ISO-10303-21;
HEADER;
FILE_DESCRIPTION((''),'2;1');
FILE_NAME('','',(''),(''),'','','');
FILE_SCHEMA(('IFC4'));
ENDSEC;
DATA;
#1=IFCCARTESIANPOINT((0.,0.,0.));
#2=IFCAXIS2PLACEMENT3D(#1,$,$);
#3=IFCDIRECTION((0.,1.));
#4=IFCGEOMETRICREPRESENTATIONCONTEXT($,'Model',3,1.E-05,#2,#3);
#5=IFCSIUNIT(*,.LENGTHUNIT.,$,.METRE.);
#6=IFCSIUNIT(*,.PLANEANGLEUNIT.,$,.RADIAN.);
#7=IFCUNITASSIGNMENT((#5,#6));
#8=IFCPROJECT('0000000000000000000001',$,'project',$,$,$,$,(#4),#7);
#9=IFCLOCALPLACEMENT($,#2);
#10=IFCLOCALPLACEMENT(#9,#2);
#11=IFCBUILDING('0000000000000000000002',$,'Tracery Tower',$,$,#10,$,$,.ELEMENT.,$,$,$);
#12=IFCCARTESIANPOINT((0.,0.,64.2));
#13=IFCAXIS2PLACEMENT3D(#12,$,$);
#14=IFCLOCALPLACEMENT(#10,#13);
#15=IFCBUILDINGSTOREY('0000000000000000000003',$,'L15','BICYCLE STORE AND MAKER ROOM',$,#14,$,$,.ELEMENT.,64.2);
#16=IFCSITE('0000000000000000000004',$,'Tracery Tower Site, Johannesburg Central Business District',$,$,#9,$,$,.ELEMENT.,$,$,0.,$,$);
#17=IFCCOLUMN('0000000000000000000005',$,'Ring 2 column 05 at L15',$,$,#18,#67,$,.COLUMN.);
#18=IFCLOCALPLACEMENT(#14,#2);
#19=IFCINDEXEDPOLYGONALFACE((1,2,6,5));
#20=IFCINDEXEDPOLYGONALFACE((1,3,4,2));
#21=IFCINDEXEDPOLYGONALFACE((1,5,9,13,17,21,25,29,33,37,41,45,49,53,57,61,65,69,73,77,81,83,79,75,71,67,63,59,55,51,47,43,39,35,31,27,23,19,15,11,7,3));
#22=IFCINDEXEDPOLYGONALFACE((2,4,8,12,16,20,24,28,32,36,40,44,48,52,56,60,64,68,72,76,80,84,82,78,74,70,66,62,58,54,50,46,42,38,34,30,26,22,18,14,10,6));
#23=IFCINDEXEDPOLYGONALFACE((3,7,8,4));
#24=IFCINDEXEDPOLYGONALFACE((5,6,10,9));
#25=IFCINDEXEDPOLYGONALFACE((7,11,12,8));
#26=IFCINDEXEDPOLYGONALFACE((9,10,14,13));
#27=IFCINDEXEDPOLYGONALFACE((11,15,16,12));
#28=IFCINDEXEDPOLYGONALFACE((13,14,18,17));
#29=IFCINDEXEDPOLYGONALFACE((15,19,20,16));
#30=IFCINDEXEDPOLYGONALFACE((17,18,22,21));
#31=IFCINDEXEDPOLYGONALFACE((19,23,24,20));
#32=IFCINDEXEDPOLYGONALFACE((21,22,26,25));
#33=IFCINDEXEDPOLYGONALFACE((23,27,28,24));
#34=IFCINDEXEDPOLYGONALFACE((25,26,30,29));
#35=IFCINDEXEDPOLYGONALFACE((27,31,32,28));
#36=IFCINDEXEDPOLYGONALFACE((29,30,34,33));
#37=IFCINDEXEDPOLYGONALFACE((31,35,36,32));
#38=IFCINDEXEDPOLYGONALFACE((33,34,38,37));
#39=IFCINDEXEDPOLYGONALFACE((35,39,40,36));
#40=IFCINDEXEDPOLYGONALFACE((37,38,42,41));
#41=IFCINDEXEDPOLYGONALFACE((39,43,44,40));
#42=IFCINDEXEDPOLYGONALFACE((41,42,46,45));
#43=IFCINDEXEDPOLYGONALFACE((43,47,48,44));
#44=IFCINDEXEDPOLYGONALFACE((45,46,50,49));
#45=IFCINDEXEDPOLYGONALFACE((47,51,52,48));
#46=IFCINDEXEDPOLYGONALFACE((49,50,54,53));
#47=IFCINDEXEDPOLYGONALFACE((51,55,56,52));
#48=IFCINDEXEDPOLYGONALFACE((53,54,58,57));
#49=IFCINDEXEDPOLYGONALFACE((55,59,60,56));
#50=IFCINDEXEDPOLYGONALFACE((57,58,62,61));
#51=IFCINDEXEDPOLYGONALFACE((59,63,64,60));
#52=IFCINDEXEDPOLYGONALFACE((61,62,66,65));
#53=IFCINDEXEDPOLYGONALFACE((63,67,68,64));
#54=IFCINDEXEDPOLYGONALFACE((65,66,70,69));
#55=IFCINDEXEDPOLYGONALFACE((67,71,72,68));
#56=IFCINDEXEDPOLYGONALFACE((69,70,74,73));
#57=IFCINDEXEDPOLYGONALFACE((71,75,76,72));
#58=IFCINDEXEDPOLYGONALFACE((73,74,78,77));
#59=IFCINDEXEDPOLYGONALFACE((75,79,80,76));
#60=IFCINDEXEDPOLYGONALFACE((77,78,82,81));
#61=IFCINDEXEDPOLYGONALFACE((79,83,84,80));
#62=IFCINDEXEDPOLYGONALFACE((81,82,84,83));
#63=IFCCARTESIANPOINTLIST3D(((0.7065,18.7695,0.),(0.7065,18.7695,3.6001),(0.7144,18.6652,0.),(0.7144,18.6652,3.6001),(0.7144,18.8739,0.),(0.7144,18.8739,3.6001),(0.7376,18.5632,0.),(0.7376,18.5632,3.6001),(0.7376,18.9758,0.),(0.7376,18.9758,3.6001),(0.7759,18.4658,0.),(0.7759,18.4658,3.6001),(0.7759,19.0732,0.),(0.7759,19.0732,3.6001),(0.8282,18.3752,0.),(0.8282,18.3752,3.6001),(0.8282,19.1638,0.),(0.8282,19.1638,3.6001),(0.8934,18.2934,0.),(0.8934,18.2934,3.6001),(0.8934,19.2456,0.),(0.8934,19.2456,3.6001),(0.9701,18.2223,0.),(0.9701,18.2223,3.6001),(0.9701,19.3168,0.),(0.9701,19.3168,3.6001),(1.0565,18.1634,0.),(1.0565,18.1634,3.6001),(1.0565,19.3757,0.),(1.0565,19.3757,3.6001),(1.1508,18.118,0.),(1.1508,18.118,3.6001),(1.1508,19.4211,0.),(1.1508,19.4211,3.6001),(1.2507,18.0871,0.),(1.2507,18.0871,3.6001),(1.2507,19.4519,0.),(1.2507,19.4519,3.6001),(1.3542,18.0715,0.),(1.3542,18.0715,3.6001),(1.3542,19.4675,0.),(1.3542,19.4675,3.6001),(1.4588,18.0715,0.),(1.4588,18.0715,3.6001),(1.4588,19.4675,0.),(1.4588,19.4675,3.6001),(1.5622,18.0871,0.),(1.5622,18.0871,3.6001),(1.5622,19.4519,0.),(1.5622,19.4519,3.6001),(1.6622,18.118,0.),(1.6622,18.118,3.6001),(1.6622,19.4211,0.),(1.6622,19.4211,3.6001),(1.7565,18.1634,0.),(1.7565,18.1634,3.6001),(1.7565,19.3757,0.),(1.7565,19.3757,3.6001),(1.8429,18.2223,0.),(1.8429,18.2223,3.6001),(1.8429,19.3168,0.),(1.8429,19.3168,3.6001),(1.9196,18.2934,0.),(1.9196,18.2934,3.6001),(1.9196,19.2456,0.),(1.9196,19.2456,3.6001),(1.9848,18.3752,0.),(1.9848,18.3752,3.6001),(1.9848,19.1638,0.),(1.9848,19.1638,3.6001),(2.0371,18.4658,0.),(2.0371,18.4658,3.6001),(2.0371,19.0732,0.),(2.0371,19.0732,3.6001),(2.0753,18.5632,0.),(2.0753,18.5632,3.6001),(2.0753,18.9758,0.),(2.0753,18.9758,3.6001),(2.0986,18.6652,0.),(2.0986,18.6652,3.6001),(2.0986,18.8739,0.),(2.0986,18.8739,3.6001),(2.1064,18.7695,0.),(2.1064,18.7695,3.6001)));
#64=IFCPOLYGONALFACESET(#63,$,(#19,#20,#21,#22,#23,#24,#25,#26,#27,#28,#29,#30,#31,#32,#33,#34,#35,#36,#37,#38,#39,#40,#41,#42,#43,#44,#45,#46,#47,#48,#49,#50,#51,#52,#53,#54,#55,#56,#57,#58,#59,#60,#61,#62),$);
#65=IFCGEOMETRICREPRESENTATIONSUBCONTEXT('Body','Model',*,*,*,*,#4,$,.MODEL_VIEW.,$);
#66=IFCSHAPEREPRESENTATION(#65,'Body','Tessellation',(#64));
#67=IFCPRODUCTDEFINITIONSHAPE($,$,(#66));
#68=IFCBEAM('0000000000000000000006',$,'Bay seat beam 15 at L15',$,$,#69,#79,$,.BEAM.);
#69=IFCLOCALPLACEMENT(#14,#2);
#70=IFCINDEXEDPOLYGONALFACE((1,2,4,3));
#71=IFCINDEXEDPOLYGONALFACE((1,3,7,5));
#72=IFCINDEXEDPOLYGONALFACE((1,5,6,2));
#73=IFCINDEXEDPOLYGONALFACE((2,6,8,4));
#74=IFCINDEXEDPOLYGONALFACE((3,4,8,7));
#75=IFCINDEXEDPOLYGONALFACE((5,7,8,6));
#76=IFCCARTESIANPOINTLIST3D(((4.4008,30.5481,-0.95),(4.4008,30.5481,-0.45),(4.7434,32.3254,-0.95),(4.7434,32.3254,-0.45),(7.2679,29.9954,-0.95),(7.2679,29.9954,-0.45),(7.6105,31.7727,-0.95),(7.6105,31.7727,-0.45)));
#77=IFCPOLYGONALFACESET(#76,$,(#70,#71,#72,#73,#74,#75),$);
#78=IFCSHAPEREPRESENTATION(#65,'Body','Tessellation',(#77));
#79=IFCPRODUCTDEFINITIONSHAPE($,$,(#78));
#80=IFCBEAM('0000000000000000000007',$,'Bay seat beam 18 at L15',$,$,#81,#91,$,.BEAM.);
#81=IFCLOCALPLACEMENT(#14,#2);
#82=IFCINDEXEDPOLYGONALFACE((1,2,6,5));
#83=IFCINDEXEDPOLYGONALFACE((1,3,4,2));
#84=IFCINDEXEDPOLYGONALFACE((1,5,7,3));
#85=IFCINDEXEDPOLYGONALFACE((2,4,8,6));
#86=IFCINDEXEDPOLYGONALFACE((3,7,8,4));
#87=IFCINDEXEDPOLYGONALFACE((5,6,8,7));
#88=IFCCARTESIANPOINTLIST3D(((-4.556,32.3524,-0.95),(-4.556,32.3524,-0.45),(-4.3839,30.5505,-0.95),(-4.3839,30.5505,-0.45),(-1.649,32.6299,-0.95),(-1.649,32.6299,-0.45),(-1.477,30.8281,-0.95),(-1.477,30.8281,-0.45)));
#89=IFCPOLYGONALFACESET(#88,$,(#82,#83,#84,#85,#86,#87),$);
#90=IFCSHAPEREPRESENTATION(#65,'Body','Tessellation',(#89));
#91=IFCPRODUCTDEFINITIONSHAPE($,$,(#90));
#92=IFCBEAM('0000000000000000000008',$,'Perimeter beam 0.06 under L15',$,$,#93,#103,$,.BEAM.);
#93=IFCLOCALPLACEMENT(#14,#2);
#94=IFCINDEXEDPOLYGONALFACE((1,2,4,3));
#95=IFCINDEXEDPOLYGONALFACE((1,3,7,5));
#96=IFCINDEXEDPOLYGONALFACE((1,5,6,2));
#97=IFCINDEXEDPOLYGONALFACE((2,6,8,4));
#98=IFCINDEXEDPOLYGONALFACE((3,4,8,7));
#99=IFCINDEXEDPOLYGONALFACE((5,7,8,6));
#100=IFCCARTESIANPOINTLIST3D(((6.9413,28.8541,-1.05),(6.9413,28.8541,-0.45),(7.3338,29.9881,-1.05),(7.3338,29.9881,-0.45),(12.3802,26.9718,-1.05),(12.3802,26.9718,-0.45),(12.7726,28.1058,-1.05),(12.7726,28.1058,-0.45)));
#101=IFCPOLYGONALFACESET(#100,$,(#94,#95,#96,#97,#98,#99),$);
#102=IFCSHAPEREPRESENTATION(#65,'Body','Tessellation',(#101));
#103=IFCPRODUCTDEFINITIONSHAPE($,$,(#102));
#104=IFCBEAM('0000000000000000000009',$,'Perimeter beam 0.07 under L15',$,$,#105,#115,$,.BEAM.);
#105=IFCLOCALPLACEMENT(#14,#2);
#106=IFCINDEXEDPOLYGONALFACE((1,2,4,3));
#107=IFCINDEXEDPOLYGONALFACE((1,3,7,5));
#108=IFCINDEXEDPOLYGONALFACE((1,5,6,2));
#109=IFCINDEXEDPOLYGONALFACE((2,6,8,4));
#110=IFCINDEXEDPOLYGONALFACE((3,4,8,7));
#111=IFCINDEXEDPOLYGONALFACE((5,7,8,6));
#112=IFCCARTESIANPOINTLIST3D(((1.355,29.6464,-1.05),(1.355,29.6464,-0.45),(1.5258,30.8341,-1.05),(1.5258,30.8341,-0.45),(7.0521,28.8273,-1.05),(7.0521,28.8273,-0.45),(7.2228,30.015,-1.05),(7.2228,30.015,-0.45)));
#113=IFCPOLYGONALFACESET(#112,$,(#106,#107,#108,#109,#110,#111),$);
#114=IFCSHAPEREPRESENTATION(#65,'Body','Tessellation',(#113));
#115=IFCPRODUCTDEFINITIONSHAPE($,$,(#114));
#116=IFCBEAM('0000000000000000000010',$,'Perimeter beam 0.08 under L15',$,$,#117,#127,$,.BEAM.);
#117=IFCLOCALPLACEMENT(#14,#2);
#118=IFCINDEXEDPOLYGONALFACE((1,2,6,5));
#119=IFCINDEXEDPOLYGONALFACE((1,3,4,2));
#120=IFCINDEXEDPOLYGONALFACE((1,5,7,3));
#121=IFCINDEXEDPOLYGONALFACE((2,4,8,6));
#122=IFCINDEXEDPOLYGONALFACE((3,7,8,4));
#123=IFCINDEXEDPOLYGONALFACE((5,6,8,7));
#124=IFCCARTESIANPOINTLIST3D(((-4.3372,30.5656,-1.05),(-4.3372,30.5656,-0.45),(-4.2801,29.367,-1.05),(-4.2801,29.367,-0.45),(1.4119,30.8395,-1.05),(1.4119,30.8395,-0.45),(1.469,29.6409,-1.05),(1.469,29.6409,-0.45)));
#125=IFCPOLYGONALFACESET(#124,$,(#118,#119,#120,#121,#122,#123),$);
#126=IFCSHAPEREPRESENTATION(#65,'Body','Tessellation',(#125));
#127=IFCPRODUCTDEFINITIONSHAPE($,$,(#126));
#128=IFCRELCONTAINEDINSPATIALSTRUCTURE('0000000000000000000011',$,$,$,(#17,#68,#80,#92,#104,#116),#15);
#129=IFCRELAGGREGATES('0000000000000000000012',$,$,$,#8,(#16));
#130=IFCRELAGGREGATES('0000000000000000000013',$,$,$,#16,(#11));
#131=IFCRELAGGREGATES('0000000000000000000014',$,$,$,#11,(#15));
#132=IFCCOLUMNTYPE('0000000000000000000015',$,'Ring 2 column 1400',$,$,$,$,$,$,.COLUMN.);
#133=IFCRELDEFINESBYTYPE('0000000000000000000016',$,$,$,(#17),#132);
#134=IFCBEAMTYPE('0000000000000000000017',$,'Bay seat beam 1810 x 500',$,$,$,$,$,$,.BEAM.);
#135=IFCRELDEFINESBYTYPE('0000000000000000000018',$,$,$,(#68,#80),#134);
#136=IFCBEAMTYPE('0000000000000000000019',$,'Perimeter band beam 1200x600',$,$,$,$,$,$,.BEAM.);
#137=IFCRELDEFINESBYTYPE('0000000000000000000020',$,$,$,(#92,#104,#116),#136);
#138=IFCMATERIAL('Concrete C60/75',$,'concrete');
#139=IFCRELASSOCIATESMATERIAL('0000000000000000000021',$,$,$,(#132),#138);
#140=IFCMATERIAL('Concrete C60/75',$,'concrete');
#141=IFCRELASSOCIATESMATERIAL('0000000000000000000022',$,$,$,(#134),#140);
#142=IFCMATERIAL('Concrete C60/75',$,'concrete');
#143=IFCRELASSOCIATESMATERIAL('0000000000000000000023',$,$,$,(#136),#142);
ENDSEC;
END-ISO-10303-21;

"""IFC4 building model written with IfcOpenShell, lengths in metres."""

from ifc_helpers import new_model, si_unit, direction, frame, origin, origin_2d, place, context, subcontext, project, spatial, rectangle, circle, extrude, material, material_profile, profile_set, type_object, element, save


model = new_model("IFC4")

# Units and contexts
model_context = context("Model", 3, precision=1e-05, world=origin(), true_north=direction((0.0, 1.0)))
body_context = subcontext(model_context, "Body", "Model", "MODEL_VIEW")
ifc_project = project(units=[si_unit("LENGTHUNIT", "METRE"), si_unit("PLANEANGLEUNIT", "RADIAN")], contexts=[model_context])

# Site, building, storey
site_placement = place(None, origin())
site = spatial("IfcSite", under=ifc_project, at=site_placement, Name="Tracery Tower Site, Johannesburg Central Business District", CompositionType="ELEMENT", RefElevation=0.0)
building_placement = place(site_placement, origin())
building = spatial("IfcBuilding", under=site, at=building_placement, Name="Tracery Tower", CompositionType="ELEMENT")
storey_placement = place(building_placement, frame((0.0, 0.0, 64.2)))
storey = spatial("IfcBuildingStorey", under=building, at=storey_placement, Name="L15", Description="BICYCLE STORE AND MAKER ROOM", CompositionType="ELEMENT", Elevation=64.2)

# Column
ifc_material_1 = material(Name="Concrete C60/75", Category="concrete")
ifc_material_profile_1 = material_profile(ifc_material_1, circle(Radius=0.7, at=origin_2d()), Name="RC D1400")
ifc_profile_set_1 = profile_set([ifc_material_profile_1], Name="Concrete C60/75")
column_type_1 = type_object("IfcColumnType", Name="Ring 2 column 1400", PredefinedType="COLUMN", material=ifc_profile_set_1)
for number, where, z_axis, x_axis, name in (
    (1, (1.4065, 18.7695, 0.0), (0.0, 0.0, 1.0), (1.0, 0.0, 0.0), "Ring 2 column 05 at L15"),
):
    element("IfcColumn", number, at=place(storey_placement, frame(where, z_axis=z_axis, x_axis=x_axis)), inside=storey, type_object=column_type_1, Name=name, PredefinedType="COLUMN", context=body_context, shape_type="SweptSolid", body=[
        extrude(circle(Radius=0.7, at=origin_2d()), origin(), (0.0, 0.0, 1.0), 3.6001),
    ])

# Beams
ifc_material_2 = material(Name="Concrete C60/75", Category="concrete")
ifc_material_profile_2 = material_profile(ifc_material_2, rectangle(XDim=1.8101, YDim=0.5, at=origin_2d()), Name="RC 1810x500")
ifc_profile_set_2 = profile_set([ifc_material_profile_2], Name="Concrete C60/75")
beam_type_1 = type_object("IfcBeamType", Name="Bay seat beam 1810 x 500", PredefinedType="BEAM", material=ifc_profile_set_2)
beam_1_placement = place(storey_placement, frame((7.4392, 30.884, -0.7), z_axis=(-0.98192, 0.189294, 0.0), x_axis=(-0.189294, -0.98192, 0.0)))
element("IfcBeam", 2, at=beam_1_placement, inside=storey, type_object=beam_type_1, Name="Bay seat beam 15 at L15", PredefinedType="BEAM", context=body_context, shape_type="SweptSolid", body=[
    extrude(rectangle(XDim=1.8101, YDim=0.5, at=origin_2d()), origin(), (0.0, 0.0, 1.0), 2.9199),
])
beam_2_placement = place(storey_placement, frame((-1.563, 31.729, -0.7), z_axis=(-0.995472, -0.095058, 0.0), x_axis=(0.095058, -0.995472, 0.0)))
element("IfcBeam", 3, at=beam_2_placement, inside=storey, type_object=beam_type_1, Name="Bay seat beam 18 at L15", PredefinedType="BEAM", context=body_context, shape_type="SweptSolid", body=[
    extrude(rectangle(XDim=1.8101, YDim=0.5, at=origin_2d()), origin(), (0.0, 0.0, 1.0), 2.9202),
])
ifc_material_3 = material(Name="Concrete C60/75", Category="concrete")
ifc_material_profile_3 = material_profile(ifc_material_3, rectangle(XDim=1.2, YDim=0.6001, at=origin_2d()), Name="RC 1200x600")
ifc_profile_set_3 = profile_set([ifc_material_profile_3], Name="Concrete C60/75")
beam_type_2 = type_object("IfcBeamType", Name="Perimeter band beam 1200x600", PredefinedType="BEAM", material=ifc_profile_set_3)
beam_3_placement = place(storey_placement, frame((12.5764, 27.5388, -0.75), z_axis=(-0.945007, 0.327049, 0.0), x_axis=(-0.327049, -0.945007, 0.0)))
element("IfcBeam", 4, at=beam_3_placement, inside=storey, type_object=beam_type_2, Name="Perimeter beam 0.06 under L15", PredefinedType="BEAM", context=body_context, shape_type="SweptSolid", body=[
    extrude(rectangle(XDim=1.2, YDim=0.6001, at=origin_2d()), origin(), (0.0, 0.0, 1.0), 5.7554),
])
for number, where, z_axis, x_axis, name in (
    (5, (7.1375, 29.4211, -0.75), (-0.989822, 0.142312, 0.0), (-0.142312, -0.989822, 0.0), "Perimeter beam 0.07 under L15"),
    (6, (1.4404, 30.2402, -0.75), (-0.998867, -0.047593, 0.0), (0.047593, -0.998867, 0.0), "Perimeter beam 0.08 under L15"),
):
    element("IfcBeam", number, at=place(storey_placement, frame(where, z_axis=z_axis, x_axis=x_axis)), inside=storey, type_object=beam_type_2, Name=name, PredefinedType="BEAM", context=body_context, shape_type="SweptSolid", body=[
        extrude(rectangle(XDim=1.2, YDim=0.6001, at=origin_2d()), origin(), (0.0, 0.0, 1.0), 5.7556),
    ])

save(model, "model.ifc")
